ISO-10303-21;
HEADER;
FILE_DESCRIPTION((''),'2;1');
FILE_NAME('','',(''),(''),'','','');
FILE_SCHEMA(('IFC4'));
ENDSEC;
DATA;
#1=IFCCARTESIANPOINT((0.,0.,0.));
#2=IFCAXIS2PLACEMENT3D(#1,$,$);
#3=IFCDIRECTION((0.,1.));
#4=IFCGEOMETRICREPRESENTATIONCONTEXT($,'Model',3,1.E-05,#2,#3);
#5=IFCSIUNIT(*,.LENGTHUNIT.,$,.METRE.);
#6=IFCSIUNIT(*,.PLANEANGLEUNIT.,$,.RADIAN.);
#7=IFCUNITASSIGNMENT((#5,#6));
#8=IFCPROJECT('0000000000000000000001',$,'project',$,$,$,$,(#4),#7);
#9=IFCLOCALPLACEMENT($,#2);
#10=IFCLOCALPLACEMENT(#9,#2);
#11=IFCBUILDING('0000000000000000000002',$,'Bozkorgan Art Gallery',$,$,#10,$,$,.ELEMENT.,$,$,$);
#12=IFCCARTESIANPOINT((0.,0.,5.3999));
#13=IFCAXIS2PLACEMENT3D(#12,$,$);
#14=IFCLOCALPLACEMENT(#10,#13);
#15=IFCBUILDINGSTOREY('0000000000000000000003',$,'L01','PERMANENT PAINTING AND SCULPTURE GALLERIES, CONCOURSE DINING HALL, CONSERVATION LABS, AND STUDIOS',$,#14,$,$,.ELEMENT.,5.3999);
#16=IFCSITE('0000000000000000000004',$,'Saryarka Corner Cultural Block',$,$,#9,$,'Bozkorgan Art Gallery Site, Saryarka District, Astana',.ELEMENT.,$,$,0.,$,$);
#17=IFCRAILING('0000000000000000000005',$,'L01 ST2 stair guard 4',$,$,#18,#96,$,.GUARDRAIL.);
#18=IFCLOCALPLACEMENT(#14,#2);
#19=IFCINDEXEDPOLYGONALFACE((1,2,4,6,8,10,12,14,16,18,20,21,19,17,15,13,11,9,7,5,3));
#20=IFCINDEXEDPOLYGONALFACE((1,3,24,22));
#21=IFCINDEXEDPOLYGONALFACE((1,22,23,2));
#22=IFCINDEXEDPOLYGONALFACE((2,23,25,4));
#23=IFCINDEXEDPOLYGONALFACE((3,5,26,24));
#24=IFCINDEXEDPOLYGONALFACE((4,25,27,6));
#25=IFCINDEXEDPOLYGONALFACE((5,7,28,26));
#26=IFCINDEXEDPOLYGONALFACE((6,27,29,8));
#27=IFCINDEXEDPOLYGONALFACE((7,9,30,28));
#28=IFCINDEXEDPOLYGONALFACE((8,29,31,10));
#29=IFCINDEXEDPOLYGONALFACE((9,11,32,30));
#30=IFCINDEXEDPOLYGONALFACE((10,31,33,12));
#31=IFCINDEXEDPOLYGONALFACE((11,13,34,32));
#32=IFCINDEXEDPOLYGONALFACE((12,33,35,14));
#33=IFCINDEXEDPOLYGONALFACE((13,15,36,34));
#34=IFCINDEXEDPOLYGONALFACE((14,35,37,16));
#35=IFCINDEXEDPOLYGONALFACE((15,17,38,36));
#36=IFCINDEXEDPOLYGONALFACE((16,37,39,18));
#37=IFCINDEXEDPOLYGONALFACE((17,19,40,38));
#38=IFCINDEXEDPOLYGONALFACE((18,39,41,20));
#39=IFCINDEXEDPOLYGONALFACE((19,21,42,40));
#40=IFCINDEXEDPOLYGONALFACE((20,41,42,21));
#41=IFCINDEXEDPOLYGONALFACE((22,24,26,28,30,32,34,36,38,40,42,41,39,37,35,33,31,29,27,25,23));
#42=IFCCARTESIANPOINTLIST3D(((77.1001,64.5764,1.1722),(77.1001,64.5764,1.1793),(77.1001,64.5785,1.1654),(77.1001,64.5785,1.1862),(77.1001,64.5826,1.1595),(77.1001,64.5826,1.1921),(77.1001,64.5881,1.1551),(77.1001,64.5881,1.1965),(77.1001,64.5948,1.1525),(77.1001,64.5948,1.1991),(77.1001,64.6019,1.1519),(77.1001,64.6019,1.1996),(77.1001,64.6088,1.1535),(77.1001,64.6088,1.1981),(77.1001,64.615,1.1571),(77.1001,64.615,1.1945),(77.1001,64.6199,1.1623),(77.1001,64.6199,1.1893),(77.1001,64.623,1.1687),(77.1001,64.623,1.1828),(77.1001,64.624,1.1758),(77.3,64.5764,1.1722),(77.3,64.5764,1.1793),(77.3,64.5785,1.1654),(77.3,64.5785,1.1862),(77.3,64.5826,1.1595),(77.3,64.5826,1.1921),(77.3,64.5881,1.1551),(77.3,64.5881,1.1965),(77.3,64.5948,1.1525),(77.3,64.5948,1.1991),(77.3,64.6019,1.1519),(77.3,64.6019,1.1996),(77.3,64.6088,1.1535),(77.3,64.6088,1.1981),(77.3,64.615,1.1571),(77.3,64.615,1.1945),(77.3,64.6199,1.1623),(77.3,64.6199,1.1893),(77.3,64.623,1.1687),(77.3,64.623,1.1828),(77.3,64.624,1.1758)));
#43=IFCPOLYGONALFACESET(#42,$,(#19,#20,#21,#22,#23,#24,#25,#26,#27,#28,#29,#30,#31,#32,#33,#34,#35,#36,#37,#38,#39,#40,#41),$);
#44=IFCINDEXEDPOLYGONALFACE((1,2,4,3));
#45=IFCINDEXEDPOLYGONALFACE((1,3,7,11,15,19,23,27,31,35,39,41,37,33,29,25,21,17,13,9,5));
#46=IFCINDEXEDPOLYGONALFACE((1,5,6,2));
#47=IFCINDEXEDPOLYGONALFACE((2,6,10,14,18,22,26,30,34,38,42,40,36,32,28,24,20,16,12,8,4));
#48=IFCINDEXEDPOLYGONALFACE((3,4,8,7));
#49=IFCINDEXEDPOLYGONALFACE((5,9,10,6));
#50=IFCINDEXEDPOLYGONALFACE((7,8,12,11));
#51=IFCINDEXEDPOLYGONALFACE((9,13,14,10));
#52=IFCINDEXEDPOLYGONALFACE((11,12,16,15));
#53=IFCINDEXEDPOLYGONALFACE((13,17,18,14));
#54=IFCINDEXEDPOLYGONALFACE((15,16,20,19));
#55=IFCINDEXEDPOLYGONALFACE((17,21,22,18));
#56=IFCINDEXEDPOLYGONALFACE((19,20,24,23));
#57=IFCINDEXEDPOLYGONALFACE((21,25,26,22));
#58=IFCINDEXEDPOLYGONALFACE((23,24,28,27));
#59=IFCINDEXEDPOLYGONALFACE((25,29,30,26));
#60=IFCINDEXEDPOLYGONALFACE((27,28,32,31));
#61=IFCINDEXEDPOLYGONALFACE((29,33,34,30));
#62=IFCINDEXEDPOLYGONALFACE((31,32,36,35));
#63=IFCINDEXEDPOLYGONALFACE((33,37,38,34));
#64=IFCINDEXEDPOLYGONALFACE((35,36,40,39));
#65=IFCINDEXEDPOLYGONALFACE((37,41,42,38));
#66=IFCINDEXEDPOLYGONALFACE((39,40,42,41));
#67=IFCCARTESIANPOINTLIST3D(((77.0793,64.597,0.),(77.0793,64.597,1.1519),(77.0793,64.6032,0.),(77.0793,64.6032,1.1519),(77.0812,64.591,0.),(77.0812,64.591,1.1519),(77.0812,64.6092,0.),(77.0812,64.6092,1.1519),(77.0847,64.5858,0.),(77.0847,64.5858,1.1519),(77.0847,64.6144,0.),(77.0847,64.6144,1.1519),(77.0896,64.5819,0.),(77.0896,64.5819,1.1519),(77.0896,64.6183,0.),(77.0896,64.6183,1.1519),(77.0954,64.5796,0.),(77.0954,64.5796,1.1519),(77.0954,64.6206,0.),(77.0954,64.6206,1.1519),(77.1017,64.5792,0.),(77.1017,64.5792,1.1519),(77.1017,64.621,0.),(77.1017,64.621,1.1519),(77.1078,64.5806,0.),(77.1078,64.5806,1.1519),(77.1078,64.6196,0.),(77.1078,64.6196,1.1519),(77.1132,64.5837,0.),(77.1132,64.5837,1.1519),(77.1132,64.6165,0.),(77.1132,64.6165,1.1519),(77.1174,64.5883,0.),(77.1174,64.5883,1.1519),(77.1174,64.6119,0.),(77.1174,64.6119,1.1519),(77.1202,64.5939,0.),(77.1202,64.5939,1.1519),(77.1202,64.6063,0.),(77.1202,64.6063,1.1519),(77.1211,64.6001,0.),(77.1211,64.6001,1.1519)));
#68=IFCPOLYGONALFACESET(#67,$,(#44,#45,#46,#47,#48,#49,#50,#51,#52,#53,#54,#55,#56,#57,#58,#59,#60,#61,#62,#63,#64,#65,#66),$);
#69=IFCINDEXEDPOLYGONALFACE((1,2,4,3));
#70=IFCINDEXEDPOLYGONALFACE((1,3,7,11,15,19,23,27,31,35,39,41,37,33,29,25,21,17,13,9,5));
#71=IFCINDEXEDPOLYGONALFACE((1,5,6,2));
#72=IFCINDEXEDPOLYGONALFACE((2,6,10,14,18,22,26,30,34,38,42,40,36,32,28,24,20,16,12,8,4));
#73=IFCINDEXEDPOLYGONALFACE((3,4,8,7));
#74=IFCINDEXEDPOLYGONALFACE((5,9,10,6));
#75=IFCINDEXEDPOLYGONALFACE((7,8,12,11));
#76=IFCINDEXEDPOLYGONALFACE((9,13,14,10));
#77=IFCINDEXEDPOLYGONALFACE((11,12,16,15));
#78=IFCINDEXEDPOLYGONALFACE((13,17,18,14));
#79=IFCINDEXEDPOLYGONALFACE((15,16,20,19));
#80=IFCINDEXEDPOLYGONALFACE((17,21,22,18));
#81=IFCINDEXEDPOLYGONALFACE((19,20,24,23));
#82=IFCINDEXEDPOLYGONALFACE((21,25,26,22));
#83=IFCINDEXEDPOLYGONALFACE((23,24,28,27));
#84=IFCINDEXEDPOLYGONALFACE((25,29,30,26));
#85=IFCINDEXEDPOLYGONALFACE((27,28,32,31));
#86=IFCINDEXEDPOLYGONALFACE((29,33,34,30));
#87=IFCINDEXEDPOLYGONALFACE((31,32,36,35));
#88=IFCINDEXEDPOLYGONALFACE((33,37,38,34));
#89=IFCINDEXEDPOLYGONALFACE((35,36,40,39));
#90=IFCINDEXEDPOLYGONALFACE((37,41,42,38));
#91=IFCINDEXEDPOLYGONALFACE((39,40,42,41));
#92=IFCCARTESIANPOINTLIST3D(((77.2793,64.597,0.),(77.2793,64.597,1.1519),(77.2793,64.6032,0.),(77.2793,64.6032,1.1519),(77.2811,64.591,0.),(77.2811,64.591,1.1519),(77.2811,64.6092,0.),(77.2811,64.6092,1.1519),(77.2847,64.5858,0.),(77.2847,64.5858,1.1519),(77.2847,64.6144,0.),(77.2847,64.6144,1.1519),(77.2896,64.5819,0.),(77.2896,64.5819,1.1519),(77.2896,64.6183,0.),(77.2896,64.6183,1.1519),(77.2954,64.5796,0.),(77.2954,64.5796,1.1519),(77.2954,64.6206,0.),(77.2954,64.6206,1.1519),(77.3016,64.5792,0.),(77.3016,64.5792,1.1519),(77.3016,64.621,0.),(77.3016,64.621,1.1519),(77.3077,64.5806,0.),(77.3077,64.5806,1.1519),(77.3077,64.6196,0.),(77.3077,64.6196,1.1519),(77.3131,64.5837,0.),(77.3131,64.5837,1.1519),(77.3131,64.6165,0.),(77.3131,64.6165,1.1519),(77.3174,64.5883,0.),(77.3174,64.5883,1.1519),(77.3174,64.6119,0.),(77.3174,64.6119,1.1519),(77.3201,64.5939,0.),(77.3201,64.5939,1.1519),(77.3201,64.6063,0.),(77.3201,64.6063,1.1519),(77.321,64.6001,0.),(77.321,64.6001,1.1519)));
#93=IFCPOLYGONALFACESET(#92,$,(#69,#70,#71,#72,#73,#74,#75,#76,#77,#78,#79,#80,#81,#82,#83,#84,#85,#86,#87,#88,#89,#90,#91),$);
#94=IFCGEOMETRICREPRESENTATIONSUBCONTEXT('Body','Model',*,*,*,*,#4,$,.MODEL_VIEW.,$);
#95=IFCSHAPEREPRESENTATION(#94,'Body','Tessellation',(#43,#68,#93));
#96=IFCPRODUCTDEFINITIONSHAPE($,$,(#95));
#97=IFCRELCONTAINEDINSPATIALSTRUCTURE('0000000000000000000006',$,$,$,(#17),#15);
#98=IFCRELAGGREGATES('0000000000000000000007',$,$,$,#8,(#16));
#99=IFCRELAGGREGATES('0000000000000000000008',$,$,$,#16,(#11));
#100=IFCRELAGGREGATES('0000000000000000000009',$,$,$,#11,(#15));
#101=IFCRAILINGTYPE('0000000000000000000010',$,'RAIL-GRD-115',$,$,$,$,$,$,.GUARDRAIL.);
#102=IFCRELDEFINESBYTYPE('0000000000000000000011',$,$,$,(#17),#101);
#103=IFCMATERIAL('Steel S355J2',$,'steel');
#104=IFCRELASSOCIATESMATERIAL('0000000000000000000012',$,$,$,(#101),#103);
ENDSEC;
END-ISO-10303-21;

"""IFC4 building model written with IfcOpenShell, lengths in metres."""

from ifc_helpers import new_model, si_unit, direction, frame, origin, origin_2d, place, context, subcontext, project, spatial, circle, extrude, material, type_object, element, save


model = new_model("IFC4")

# Units and contexts
model_context = context("Model", 3, precision=1e-05, world=origin(), true_north=direction((0.0, 1.0)))
body_context = subcontext(model_context, "Body", "Model", "MODEL_VIEW")
ifc_project = project(units=[si_unit("LENGTHUNIT", "METRE"), si_unit("PLANEANGLEUNIT", "RADIAN")], contexts=[model_context])

# Site, building, storey
site_placement = place(None, origin())
site = spatial("IfcSite", under=ifc_project, at=site_placement, Name="Saryarka Corner Cultural Block", LongName="Bozkorgan Art Gallery Site, Saryarka District, Astana", CompositionType="ELEMENT", RefElevation=0.0)
building_placement = place(site_placement, origin())
building = spatial("IfcBuilding", under=site, at=building_placement, Name="Bozkorgan Art Gallery", CompositionType="ELEMENT")
storey_placement = place(building_placement, frame((0.0, 0.0, 5.3999)))
storey = spatial("IfcBuildingStorey", under=building, at=storey_placement, Name="L01", Description="PERMANENT PAINTING AND SCULPTURE GALLERIES, CONCOURSE DINING HALL, CONSERVATION LABS, AND STUDIOS", CompositionType="ELEMENT", Elevation=5.3999)

# Shared definitions
ifc_material_1 = material(Name="Steel S355J2", Category="steel")

# Railing
railing_type_1 = type_object("IfcRailingType", Name="RAIL-GRD-115", PredefinedType="GUARDRAIL", material=ifc_material_1)
railing_1_placement = place(storey_placement, frame((77.1001, 64.6001, 0.0)))
element("IfcRailing", 1, at=railing_1_placement, inside=storey, type_object=railing_type_1, Name="L01 ST2 stair guard 4", PredefinedType="GUARDRAIL", context=body_context, shape_type="SweptSolid", body=[
    extrude(circle(Radius=0.0239, at=origin_2d()), frame((0.0, 0.0, 1.1758), z_axis=(1.0, 0.0, 0.0), x_axis=(0.0, 1.0, 0.0)), (0.0, 0.0, 1.0), 0.2),
    extrude(circle(Radius=0.021, at=origin_2d()), origin(), (0.0, 0.0, 1.0), 1.1519),
    extrude(circle(Radius=0.021, at=origin_2d()), frame((0.2, 0.0, 0.0)), (0.0, 0.0, 1.0), 1.1519),
])

save(model, "model.ifc")
